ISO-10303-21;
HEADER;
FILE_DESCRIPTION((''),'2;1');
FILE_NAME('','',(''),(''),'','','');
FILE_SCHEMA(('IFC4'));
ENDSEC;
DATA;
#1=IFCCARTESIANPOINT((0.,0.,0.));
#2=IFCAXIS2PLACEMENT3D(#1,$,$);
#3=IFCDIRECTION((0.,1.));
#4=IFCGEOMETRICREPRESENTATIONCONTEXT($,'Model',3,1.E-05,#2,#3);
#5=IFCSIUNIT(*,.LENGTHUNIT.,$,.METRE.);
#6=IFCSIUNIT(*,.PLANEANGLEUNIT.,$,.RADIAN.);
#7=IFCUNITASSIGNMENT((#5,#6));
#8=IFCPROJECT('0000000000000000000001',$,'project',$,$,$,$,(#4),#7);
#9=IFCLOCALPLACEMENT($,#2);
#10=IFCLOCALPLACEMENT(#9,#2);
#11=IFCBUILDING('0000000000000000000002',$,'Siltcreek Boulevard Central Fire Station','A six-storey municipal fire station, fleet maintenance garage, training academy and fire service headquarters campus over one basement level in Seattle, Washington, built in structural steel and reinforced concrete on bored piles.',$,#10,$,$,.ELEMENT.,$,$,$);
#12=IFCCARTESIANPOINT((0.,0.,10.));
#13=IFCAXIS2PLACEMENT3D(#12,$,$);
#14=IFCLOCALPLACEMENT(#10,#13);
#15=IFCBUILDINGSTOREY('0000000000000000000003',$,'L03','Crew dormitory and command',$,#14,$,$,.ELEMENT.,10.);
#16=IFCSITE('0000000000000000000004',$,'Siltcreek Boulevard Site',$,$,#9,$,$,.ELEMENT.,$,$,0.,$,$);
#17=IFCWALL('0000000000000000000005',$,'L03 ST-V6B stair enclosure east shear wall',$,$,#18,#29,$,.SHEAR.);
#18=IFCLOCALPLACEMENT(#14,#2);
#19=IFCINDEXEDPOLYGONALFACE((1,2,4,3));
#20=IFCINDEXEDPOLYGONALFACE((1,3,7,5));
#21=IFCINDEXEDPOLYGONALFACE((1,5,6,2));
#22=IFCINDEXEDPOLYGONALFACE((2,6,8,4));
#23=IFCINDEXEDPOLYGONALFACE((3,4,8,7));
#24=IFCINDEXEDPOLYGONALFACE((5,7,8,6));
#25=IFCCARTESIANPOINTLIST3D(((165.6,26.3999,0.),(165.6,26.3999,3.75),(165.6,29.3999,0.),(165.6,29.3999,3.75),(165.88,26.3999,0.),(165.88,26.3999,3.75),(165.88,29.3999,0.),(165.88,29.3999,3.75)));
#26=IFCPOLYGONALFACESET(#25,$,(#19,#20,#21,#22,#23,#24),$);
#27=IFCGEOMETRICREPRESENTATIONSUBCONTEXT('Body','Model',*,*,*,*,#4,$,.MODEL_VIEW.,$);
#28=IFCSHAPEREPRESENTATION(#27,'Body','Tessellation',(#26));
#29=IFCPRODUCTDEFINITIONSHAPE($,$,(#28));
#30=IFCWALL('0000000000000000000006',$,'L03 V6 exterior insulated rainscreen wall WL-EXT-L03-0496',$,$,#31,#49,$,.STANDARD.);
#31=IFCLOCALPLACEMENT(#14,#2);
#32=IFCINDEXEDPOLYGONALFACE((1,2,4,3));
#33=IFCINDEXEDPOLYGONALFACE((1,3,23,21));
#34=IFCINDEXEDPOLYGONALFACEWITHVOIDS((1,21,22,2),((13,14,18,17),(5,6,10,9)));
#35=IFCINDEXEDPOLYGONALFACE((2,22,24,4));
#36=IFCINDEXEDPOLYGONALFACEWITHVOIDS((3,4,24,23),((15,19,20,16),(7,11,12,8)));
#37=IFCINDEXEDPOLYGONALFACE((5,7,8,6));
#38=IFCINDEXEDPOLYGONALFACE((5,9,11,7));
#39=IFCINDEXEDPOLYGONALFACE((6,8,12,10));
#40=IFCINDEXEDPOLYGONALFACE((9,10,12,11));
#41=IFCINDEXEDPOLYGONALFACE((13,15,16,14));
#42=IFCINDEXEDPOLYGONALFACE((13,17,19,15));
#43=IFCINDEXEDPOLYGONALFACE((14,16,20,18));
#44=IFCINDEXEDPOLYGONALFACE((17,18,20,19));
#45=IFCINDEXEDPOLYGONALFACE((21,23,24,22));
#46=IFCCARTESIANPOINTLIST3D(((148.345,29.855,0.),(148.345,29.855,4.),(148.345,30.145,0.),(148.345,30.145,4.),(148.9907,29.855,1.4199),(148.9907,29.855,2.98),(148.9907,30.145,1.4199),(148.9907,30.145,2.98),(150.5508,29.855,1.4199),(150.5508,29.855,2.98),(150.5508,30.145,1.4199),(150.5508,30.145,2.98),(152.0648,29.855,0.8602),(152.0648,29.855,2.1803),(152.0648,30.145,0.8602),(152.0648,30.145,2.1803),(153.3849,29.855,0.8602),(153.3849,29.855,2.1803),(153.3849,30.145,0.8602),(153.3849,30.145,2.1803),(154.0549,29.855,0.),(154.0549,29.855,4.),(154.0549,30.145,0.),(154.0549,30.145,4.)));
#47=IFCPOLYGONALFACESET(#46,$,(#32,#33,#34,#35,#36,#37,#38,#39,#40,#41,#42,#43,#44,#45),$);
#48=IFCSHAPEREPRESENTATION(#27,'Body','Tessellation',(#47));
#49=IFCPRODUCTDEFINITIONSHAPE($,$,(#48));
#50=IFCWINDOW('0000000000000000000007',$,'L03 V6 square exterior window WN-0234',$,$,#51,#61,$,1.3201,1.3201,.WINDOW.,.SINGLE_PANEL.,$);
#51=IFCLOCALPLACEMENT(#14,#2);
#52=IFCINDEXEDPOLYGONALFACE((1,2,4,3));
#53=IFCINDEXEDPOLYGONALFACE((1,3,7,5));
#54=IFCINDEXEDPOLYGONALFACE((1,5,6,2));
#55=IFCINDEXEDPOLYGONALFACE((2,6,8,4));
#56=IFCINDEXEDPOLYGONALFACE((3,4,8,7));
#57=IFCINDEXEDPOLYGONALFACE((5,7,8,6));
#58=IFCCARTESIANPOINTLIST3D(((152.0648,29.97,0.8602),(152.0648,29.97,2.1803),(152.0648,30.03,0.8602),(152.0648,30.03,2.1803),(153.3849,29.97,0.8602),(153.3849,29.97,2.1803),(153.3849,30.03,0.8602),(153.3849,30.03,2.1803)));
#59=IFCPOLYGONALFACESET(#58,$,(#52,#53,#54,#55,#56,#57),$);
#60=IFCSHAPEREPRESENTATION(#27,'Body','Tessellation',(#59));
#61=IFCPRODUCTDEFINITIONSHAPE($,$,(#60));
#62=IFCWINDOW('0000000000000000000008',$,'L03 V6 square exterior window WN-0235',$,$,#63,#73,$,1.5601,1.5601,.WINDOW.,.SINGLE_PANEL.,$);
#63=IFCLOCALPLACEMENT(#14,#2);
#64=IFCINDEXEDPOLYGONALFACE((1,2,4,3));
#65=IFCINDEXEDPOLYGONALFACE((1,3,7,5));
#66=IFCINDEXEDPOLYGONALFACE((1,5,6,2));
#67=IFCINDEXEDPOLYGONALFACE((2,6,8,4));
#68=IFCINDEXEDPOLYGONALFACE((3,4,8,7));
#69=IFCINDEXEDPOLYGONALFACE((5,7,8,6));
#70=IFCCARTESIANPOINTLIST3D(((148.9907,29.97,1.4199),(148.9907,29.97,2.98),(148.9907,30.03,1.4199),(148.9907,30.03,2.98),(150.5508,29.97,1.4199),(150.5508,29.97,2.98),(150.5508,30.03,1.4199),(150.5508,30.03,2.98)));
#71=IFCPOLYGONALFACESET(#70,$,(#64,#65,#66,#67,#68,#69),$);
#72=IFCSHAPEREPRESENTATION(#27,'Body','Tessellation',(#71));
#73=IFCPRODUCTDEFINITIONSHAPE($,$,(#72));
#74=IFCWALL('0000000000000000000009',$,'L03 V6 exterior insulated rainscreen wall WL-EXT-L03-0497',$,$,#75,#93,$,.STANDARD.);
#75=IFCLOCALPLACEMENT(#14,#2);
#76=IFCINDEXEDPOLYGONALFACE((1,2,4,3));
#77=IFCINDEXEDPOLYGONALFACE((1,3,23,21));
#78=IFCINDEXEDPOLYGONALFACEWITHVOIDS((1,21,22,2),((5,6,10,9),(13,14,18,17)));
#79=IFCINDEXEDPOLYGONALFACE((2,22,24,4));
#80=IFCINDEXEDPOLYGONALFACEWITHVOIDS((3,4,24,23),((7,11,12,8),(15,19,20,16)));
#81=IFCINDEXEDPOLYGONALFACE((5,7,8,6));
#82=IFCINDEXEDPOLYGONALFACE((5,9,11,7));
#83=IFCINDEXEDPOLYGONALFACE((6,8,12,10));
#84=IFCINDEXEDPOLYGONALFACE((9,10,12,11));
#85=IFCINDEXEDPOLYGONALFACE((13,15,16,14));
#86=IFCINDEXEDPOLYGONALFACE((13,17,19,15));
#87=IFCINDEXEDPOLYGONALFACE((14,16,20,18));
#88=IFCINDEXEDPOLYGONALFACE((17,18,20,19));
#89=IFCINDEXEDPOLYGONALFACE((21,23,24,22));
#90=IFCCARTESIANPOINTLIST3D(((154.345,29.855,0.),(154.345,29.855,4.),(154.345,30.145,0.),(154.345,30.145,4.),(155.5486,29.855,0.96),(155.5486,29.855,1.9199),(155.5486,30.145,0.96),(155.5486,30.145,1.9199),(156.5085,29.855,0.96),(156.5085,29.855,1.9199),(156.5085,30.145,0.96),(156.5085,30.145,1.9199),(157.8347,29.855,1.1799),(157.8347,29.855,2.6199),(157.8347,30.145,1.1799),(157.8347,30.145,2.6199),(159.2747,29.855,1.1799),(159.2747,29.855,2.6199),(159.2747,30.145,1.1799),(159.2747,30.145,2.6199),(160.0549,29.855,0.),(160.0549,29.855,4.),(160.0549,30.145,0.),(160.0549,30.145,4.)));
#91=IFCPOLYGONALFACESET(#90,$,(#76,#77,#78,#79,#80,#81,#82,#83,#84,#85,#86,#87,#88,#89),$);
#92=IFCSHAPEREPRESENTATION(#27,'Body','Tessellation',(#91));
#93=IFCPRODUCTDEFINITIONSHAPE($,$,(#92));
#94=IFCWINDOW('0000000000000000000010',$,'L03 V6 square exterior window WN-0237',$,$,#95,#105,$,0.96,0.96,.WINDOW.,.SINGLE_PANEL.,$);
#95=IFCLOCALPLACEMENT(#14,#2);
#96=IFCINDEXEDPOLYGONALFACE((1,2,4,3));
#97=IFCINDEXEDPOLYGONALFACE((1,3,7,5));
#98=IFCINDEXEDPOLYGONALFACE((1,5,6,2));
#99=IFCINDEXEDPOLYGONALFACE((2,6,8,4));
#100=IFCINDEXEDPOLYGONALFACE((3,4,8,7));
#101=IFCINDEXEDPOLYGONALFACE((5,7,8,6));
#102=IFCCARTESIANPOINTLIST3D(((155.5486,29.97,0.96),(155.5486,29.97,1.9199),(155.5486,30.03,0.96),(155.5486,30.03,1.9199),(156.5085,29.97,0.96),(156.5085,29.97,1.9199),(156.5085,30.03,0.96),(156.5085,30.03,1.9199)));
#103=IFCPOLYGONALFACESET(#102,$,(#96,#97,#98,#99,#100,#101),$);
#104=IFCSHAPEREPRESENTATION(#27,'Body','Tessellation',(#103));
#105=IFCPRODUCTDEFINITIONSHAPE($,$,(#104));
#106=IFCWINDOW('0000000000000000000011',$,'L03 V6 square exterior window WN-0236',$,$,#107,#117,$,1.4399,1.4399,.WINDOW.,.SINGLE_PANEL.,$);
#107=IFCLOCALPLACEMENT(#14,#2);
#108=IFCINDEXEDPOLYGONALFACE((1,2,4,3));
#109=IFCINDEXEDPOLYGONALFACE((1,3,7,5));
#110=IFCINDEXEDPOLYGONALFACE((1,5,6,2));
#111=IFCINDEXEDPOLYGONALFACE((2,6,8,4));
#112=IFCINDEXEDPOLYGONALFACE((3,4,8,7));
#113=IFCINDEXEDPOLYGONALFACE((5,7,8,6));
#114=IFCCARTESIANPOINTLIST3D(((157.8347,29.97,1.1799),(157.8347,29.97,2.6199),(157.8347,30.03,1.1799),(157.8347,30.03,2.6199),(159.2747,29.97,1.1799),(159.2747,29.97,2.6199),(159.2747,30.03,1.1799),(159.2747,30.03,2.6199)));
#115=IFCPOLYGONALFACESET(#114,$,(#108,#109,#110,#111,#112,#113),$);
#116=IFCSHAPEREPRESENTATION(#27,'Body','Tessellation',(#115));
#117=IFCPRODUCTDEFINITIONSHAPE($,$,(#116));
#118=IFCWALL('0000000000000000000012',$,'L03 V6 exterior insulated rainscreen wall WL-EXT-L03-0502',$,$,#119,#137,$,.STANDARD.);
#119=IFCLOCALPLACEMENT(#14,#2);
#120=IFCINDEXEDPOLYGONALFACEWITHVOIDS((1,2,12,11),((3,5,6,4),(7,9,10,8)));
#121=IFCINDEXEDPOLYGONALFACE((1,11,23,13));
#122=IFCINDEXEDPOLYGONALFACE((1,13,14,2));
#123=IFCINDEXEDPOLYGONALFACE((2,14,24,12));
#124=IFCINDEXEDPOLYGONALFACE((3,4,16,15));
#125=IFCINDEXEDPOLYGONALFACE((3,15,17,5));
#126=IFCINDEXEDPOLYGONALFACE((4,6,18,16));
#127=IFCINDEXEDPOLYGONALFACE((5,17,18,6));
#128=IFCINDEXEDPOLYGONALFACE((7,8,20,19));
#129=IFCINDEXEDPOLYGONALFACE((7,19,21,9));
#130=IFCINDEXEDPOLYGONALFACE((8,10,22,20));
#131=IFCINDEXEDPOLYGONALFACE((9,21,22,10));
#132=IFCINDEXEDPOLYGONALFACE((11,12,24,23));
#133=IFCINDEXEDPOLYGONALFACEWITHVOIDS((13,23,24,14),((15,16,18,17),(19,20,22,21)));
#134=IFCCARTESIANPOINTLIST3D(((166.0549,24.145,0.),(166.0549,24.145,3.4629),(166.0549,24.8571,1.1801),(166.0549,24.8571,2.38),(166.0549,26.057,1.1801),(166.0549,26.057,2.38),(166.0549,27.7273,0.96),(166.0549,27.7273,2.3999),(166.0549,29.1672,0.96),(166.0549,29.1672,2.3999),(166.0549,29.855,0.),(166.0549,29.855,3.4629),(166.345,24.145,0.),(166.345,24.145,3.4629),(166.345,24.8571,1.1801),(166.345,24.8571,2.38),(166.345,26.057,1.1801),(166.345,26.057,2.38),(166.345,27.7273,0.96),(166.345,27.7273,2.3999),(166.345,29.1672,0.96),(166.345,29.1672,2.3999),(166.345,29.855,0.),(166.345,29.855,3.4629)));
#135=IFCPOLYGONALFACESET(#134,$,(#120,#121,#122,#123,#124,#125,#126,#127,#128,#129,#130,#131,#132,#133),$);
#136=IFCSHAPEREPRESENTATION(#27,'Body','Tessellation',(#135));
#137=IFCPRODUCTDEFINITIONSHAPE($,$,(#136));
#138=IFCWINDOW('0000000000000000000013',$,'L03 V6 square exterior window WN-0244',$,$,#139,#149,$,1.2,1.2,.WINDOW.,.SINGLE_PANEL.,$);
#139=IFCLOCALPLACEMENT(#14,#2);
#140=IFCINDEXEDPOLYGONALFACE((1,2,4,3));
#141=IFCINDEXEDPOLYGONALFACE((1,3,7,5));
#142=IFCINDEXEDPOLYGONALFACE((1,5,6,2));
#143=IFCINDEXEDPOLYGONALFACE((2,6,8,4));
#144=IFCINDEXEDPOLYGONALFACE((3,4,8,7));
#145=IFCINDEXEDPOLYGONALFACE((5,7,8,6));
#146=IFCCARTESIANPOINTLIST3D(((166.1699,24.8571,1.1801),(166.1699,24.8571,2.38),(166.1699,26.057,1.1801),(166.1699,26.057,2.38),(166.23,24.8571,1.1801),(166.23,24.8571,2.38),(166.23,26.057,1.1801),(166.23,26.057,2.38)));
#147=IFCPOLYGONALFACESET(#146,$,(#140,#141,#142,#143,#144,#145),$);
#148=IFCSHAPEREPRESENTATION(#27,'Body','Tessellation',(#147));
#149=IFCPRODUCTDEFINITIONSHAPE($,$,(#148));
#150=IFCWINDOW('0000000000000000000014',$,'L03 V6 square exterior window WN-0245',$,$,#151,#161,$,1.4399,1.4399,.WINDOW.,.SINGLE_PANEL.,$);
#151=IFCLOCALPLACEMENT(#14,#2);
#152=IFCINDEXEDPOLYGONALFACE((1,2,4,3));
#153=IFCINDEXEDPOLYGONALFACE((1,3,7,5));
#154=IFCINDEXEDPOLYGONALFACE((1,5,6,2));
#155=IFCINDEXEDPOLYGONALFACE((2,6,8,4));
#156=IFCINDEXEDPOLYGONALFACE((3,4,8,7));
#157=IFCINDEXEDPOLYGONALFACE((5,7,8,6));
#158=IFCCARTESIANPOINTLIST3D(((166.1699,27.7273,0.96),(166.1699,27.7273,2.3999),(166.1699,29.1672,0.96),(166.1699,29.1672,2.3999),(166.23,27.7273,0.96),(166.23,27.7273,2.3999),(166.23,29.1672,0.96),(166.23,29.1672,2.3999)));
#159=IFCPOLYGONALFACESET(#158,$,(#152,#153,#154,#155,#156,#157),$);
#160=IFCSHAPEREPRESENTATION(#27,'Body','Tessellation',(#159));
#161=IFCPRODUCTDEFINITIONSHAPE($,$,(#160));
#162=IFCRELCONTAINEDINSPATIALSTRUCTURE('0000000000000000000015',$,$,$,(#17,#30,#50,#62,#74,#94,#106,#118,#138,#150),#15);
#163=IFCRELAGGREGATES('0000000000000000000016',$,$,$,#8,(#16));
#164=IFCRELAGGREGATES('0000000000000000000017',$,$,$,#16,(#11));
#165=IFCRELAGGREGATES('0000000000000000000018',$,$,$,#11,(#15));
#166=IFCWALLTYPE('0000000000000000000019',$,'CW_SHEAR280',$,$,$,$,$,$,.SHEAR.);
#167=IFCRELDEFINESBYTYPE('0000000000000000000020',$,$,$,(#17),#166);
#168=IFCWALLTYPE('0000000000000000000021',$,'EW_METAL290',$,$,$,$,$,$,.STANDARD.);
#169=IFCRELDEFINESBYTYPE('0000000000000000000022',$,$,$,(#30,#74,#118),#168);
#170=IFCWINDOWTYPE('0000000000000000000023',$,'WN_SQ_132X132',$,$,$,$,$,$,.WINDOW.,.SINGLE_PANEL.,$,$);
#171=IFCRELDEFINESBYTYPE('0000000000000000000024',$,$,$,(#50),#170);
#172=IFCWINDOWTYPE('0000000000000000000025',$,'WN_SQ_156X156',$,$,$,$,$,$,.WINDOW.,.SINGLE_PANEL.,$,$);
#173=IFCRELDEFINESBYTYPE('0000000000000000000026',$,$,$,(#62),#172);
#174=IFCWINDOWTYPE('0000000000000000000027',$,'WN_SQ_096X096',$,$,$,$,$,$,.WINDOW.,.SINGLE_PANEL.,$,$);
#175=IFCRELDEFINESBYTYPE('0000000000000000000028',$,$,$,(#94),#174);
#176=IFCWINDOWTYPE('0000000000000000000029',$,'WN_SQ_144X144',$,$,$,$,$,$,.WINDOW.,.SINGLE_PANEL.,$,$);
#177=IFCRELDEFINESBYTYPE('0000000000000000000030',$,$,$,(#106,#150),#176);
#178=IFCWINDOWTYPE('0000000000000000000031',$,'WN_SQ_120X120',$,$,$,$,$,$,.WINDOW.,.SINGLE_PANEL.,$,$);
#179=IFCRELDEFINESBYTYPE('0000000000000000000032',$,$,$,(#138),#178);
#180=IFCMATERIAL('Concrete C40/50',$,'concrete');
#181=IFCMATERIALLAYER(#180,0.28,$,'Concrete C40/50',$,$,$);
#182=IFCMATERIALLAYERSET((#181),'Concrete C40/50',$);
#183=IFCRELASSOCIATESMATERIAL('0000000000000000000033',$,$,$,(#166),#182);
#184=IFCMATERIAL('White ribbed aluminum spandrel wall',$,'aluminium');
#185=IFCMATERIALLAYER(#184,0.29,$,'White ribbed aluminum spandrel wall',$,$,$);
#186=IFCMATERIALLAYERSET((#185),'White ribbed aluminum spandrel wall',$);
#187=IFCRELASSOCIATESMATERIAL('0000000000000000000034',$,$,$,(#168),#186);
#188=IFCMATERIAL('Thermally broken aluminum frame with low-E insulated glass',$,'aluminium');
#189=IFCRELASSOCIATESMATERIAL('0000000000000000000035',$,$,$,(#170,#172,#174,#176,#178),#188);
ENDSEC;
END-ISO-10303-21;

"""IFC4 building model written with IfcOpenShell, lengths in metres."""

from ifc_helpers import new_model, si_unit, direction, frame, frame_2d, origin, place, context, subcontext, project, spatial, rectangle, extrude, material, layer, layer_set, type_object, element, fill, save


model = new_model("IFC4")

# Units and contexts
model_context = context("Model", 3, precision=1e-05, world=origin(), true_north=direction((0.0, 1.0)))
body_context = subcontext(model_context, "Body", "Model", "MODEL_VIEW")
ifc_project = project(units=[si_unit("LENGTHUNIT", "METRE"), si_unit("PLANEANGLEUNIT", "RADIAN")], contexts=[model_context])

# Site, building, storey
site_placement = place(None, origin())
site = spatial("IfcSite", under=ifc_project, at=site_placement, Name="Siltcreek Boulevard Site", CompositionType="ELEMENT", RefElevation=0.0)
building_placement = place(site_placement, origin())
building = spatial("IfcBuilding", under=site, at=building_placement, Name="Siltcreek Boulevard Central Fire Station", Description="A six-storey municipal fire station, fleet maintenance garage, training academy and fire service headquarters campus over one basement level in Seattle, Washington, built in structural steel and reinforced concrete on bored piles.", CompositionType="ELEMENT")
storey_placement = place(building_placement, frame((0.0, 0.0, 10.0)))
storey = spatial("IfcBuildingStorey", under=building, at=storey_placement, Name="L03", Description="Crew dormitory and command", CompositionType="ELEMENT", Elevation=10.0)

# Shared definitions
ifc_material_1 = material(Name="Concrete C40/50", Category="concrete")
ifc_layer_1 = layer(ifc_material_1, 0.28, Name="Concrete C40/50")
ifc_layer_set_1 = layer_set([ifc_layer_1], Name="Concrete C40/50")
wall_type_1 = type_object("IfcWallType", Name="CW_SHEAR280", PredefinedType="SHEAR", material=ifc_layer_set_1)

# Wall
for number, where, z_axis, x_axis, name in (
    (1, (165.74, 26.3999, 0.0), (0.0, 0.0, 1.0), (0.0, 1.0, 0.0), "L03 ST-V6B stair enclosure east shear wall"),
):
    element("IfcWall", number, at=place(storey_placement, frame(where, z_axis=z_axis, x_axis=x_axis)), inside=storey, type_object=wall_type_1, Name=name, PredefinedType="SHEAR", context=body_context, shape_type="SweptSolid", body=[
        extrude(rectangle(XDim=3.0, YDim=0.28, at=frame_2d((1.5, 0.0))), origin(), (0.0, 0.0, 1.0), 3.75),
    ])

# Walls, openings, windows
ifc_material_2 = material(Name="White ribbed aluminum spandrel wall", Category="aluminium")
ifc_layer_2 = layer(ifc_material_2, 0.29, Name="White ribbed aluminum spandrel wall")
ifc_layer_set_2 = layer_set([ifc_layer_2], Name="White ribbed aluminum spandrel wall")
wall_type_2 = type_object("IfcWallType", Name="EW_METAL290", PredefinedType="STANDARD", material=ifc_layer_set_2)
wall_1_placement = place(storey_placement, frame((154.0549, 30.0, 0.0), z_axis=(0.0, 0.0, 1.0), x_axis=(-1.0, 0.0, 0.0)))
wall_1 = element("IfcWall", 2, at=wall_1_placement, inside=storey, type_object=wall_type_2, Name="L03 V6 exterior insulated rainscreen wall WL-EXT-L03-0496", PredefinedType="STANDARD", context=body_context, shape_type="SweptSolid", body=[
    extrude(rectangle(XDim=5.71, YDim=0.29, at=frame_2d((2.855, 0.0))), origin(), (0.0, 0.0, 1.0), 4.0),
])
opening_1_placement = place(wall_1_placement, frame((0.6699, 0.0, 0.8601)))
opening_1 = element("IfcOpeningElement", 3, at=opening_1_placement, cuts=wall_1, PredefinedType="OPENING", context=body_context, shape_type="SweptSolid", body=[
    extrude(rectangle(XDim=1.3201, YDim=1.3201, at=frame_2d((0.6602, 0.6602))), frame((0.0, 0.155, 0.0), z_axis=(0.0, -1.0, 0.0), x_axis=(1.0, 0.0, 0.0)), (0.0, 0.0, 1.0), 0.3101),
])
opening_2_placement = place(wall_1_placement, frame((3.5042, 0.0, 1.4199)))
opening_2 = element("IfcOpeningElement", 4, at=opening_2_placement, cuts=wall_1, PredefinedType="OPENING", context=body_context, shape_type="SweptSolid", body=[
    extrude(rectangle(XDim=1.5601, YDim=1.5601, at=frame_2d((0.78, 0.78))), frame((0.0, 0.155, 0.0), z_axis=(0.0, -1.0, 0.0), x_axis=(1.0, 0.0, 0.0)), (0.0, 0.0, 1.0), 0.3101),
])
ifc_material_3 = material(Name="Thermally broken aluminum frame with low-E insulated glass", Category="aluminium")
window_type_1 = type_object("IfcWindowType", Name="WN_SQ_132X132", PartitioningType="SINGLE_PANEL", PredefinedType="WINDOW", material=ifc_material_3)
window_1_placement = place(opening_1_placement, origin())
window_1 = element("IfcWindow", 5, at=window_1_placement, inside=storey, type_object=window_type_1, Name="L03 V6 square exterior window WN-0234", OverallHeight=1.3201, OverallWidth=1.3201, PartitioningType="SINGLE_PANEL", PredefinedType="WINDOW", context=body_context, shape_type="SweptSolid", body=[
    extrude(rectangle(XDim=1.3201, YDim=1.3201, at=frame_2d((0.6602, 0.6602))), frame((0.0, 0.03, 0.0), z_axis=(0.0, -1.0, 0.0), x_axis=(1.0, 0.0, 0.0)), (0.0, 0.0, 1.0), 0.0601),
])
fill(opening_1, window_1)
window_type_2 = type_object("IfcWindowType", Name="WN_SQ_156X156", PartitioningType="SINGLE_PANEL", PredefinedType="WINDOW", material=ifc_material_3)
window_2_placement = place(opening_2_placement, origin())
window_2 = element("IfcWindow", 6, at=window_2_placement, inside=storey, type_object=window_type_2, Name="L03 V6 square exterior window WN-0235", OverallHeight=1.5601, OverallWidth=1.5601, PartitioningType="SINGLE_PANEL", PredefinedType="WINDOW", context=body_context, shape_type="SweptSolid", body=[
    extrude(rectangle(XDim=1.5601, YDim=1.5601, at=frame_2d((0.78, 0.78))), frame((0.0, 0.03, 0.0), z_axis=(0.0, -1.0, 0.0), x_axis=(1.0, 0.0, 0.0)), (0.0, 0.0, 1.0), 0.0601),
])
fill(opening_2, window_2)
wall_2_placement = place(storey_placement, frame((160.0549, 30.0, 0.0), z_axis=(0.0, 0.0, 1.0), x_axis=(-1.0, 0.0, 0.0)))
wall_2 = element("IfcWall", 7, at=wall_2_placement, inside=storey, type_object=wall_type_2, Name="L03 V6 exterior insulated rainscreen wall WL-EXT-L03-0497", PredefinedType="STANDARD", context=body_context, shape_type="SweptSolid", body=[
    extrude(rectangle(XDim=5.71, YDim=0.29, at=frame_2d((2.855, 0.0))), origin(), (0.0, 0.0, 1.0), 4.0),
])
opening_3_placement = place(wall_2_placement, frame((0.7803, 0.0, 1.1799)))
opening_3 = element("IfcOpeningElement", 8, at=opening_3_placement, cuts=wall_2, PredefinedType="OPENING", context=body_context, shape_type="SweptSolid", body=[
    extrude(rectangle(XDim=1.4399, YDim=1.4399, at=frame_2d((0.72, 0.72))), frame((0.0, 0.155, 0.0), z_axis=(0.0, -1.0, 0.0), x_axis=(1.0, 0.0, 0.0)), (0.0, 0.0, 1.0), 0.3101),
])
opening_4_placement = place(wall_2_placement, frame((3.5464, 0.0, 0.96)))
opening_4 = element("IfcOpeningElement", 9, at=opening_4_placement, cuts=wall_2, PredefinedType="OPENING", context=body_context, shape_type="SweptSolid", body=[
    extrude(rectangle(XDim=0.96, YDim=0.96, at=frame_2d((0.48, 0.48))), frame((0.0, 0.155, 0.0), z_axis=(0.0, -1.0, 0.0), x_axis=(1.0, 0.0, 0.0)), (0.0, 0.0, 1.0), 0.3101),
])
window_type_3 = type_object("IfcWindowType", Name="WN_SQ_096X096", PartitioningType="SINGLE_PANEL", PredefinedType="WINDOW", material=ifc_material_3)
window_3_placement = place(opening_4_placement, origin())
window_3 = element("IfcWindow", 10, at=window_3_placement, inside=storey, type_object=window_type_3, Name="L03 V6 square exterior window WN-0237", OverallHeight=0.96, OverallWidth=0.96, PartitioningType="SINGLE_PANEL", PredefinedType="WINDOW", context=body_context, shape_type="SweptSolid", body=[
    extrude(rectangle(XDim=0.96, YDim=0.96, at=frame_2d((0.48, 0.48))), frame((0.0, 0.03, 0.0), z_axis=(0.0, -1.0, 0.0), x_axis=(1.0, 0.0, 0.0)), (0.0, 0.0, 1.0), 0.0601),
])
fill(opening_4, window_3)
window_type_4 = type_object("IfcWindowType", Name="WN_SQ_144X144", PartitioningType="SINGLE_PANEL", PredefinedType="WINDOW", material=ifc_material_3)
window_4_placement = place(opening_3_placement, origin())
window_4 = element("IfcWindow", 11, at=window_4_placement, inside=storey, type_object=window_type_4, Name="L03 V6 square exterior window WN-0236", OverallHeight=1.4399, OverallWidth=1.4399, PartitioningType="SINGLE_PANEL", PredefinedType="WINDOW", context=body_context, shape_type="SweptSolid", body=[
    extrude(rectangle(XDim=1.4399, YDim=1.4399, at=frame_2d((0.72, 0.72))), frame((0.0, 0.03, 0.0), z_axis=(0.0, -1.0, 0.0), x_axis=(1.0, 0.0, 0.0)), (0.0, 0.0, 1.0), 0.0601),
])
fill(opening_3, window_4)
wall_3_placement = place(storey_placement, frame((166.2, 24.145, 0.0), z_axis=(0.0, 0.0, 1.0), x_axis=(0.0, 1.0, 0.0)))
wall_3 = element("IfcWall", 12, at=wall_3_placement, inside=storey, type_object=wall_type_2, Name="L03 V6 exterior insulated rainscreen wall WL-EXT-L03-0502", PredefinedType="STANDARD", context=body_context, shape_type="SweptSolid", body=[
    extrude(rectangle(XDim=5.71, YDim=0.29, at=frame_2d((2.855, 0.0))), origin(), (0.0, 0.0, 1.0), 3.4629),
])
opening_5_placement = place(wall_3_placement, frame((0.7119, 0.0, 1.1799)))
opening_5 = element("IfcOpeningElement", 13, at=opening_5_placement, cuts=wall_3, PredefinedType="OPENING", context=body_context, shape_type="SweptSolid", body=[
    extrude(rectangle(XDim=1.2, YDim=1.2, at=frame_2d((0.6001, 0.6001))), frame((0.0, 0.155, 0.0), z_axis=(0.0, -1.0, 0.0), x_axis=(1.0, 0.0, 0.0)), (0.0, 0.0, 1.0), 0.3101),
])
opening_6_placement = place(wall_3_placement, frame((3.5823, 0.0, 0.96)))
opening_6 = element("IfcOpeningElement", 14, at=opening_6_placement, cuts=wall_3, PredefinedType="OPENING", context=body_context, shape_type="SweptSolid", body=[
    extrude(rectangle(XDim=1.4399, YDim=1.4399, at=frame_2d((0.72, 0.72))), frame((0.0, 0.155, 0.0), z_axis=(0.0, -1.0, 0.0), x_axis=(1.0, 0.0, 0.0)), (0.0, 0.0, 1.0), 0.3101),
])
window_type_5 = type_object("IfcWindowType", Name="WN_SQ_120X120", PartitioningType="SINGLE_PANEL", PredefinedType="WINDOW", material=ifc_material_3)
window_5_placement = place(opening_5_placement, origin())
window_5 = element("IfcWindow", 15, at=window_5_placement, inside=storey, type_object=window_type_5, Name="L03 V6 square exterior window WN-0244", OverallHeight=1.2, OverallWidth=1.2, PartitioningType="SINGLE_PANEL", PredefinedType="WINDOW", context=body_context, shape_type="SweptSolid", body=[
    extrude(rectangle(XDim=1.2, YDim=1.2, at=frame_2d((0.6001, 0.6001))), frame((0.0, 0.03, 0.0), z_axis=(0.0, -1.0, 0.0), x_axis=(1.0, 0.0, 0.0)), (0.0, 0.0, 1.0), 0.0601),
])
fill(opening_5, window_5)
window_6_placement = place(opening_6_placement, origin())
window_6 = element("IfcWindow", 16, at=window_6_placement, inside=storey, type_object=window_type_4, Name="L03 V6 square exterior window WN-0245", OverallHeight=1.4399, OverallWidth=1.4399, PartitioningType="SINGLE_PANEL", PredefinedType="WINDOW", context=body_context, shape_type="SweptSolid", body=[
    extrude(rectangle(XDim=1.4399, YDim=1.4399, at=frame_2d((0.72, 0.72))), frame((0.0, 0.03, 0.0), z_axis=(0.0, -1.0, 0.0), x_axis=(1.0, 0.0, 0.0)), (0.0, 0.0, 1.0), 0.0601),
])
fill(opening_6, window_6)

save(model, "model.ifc")
